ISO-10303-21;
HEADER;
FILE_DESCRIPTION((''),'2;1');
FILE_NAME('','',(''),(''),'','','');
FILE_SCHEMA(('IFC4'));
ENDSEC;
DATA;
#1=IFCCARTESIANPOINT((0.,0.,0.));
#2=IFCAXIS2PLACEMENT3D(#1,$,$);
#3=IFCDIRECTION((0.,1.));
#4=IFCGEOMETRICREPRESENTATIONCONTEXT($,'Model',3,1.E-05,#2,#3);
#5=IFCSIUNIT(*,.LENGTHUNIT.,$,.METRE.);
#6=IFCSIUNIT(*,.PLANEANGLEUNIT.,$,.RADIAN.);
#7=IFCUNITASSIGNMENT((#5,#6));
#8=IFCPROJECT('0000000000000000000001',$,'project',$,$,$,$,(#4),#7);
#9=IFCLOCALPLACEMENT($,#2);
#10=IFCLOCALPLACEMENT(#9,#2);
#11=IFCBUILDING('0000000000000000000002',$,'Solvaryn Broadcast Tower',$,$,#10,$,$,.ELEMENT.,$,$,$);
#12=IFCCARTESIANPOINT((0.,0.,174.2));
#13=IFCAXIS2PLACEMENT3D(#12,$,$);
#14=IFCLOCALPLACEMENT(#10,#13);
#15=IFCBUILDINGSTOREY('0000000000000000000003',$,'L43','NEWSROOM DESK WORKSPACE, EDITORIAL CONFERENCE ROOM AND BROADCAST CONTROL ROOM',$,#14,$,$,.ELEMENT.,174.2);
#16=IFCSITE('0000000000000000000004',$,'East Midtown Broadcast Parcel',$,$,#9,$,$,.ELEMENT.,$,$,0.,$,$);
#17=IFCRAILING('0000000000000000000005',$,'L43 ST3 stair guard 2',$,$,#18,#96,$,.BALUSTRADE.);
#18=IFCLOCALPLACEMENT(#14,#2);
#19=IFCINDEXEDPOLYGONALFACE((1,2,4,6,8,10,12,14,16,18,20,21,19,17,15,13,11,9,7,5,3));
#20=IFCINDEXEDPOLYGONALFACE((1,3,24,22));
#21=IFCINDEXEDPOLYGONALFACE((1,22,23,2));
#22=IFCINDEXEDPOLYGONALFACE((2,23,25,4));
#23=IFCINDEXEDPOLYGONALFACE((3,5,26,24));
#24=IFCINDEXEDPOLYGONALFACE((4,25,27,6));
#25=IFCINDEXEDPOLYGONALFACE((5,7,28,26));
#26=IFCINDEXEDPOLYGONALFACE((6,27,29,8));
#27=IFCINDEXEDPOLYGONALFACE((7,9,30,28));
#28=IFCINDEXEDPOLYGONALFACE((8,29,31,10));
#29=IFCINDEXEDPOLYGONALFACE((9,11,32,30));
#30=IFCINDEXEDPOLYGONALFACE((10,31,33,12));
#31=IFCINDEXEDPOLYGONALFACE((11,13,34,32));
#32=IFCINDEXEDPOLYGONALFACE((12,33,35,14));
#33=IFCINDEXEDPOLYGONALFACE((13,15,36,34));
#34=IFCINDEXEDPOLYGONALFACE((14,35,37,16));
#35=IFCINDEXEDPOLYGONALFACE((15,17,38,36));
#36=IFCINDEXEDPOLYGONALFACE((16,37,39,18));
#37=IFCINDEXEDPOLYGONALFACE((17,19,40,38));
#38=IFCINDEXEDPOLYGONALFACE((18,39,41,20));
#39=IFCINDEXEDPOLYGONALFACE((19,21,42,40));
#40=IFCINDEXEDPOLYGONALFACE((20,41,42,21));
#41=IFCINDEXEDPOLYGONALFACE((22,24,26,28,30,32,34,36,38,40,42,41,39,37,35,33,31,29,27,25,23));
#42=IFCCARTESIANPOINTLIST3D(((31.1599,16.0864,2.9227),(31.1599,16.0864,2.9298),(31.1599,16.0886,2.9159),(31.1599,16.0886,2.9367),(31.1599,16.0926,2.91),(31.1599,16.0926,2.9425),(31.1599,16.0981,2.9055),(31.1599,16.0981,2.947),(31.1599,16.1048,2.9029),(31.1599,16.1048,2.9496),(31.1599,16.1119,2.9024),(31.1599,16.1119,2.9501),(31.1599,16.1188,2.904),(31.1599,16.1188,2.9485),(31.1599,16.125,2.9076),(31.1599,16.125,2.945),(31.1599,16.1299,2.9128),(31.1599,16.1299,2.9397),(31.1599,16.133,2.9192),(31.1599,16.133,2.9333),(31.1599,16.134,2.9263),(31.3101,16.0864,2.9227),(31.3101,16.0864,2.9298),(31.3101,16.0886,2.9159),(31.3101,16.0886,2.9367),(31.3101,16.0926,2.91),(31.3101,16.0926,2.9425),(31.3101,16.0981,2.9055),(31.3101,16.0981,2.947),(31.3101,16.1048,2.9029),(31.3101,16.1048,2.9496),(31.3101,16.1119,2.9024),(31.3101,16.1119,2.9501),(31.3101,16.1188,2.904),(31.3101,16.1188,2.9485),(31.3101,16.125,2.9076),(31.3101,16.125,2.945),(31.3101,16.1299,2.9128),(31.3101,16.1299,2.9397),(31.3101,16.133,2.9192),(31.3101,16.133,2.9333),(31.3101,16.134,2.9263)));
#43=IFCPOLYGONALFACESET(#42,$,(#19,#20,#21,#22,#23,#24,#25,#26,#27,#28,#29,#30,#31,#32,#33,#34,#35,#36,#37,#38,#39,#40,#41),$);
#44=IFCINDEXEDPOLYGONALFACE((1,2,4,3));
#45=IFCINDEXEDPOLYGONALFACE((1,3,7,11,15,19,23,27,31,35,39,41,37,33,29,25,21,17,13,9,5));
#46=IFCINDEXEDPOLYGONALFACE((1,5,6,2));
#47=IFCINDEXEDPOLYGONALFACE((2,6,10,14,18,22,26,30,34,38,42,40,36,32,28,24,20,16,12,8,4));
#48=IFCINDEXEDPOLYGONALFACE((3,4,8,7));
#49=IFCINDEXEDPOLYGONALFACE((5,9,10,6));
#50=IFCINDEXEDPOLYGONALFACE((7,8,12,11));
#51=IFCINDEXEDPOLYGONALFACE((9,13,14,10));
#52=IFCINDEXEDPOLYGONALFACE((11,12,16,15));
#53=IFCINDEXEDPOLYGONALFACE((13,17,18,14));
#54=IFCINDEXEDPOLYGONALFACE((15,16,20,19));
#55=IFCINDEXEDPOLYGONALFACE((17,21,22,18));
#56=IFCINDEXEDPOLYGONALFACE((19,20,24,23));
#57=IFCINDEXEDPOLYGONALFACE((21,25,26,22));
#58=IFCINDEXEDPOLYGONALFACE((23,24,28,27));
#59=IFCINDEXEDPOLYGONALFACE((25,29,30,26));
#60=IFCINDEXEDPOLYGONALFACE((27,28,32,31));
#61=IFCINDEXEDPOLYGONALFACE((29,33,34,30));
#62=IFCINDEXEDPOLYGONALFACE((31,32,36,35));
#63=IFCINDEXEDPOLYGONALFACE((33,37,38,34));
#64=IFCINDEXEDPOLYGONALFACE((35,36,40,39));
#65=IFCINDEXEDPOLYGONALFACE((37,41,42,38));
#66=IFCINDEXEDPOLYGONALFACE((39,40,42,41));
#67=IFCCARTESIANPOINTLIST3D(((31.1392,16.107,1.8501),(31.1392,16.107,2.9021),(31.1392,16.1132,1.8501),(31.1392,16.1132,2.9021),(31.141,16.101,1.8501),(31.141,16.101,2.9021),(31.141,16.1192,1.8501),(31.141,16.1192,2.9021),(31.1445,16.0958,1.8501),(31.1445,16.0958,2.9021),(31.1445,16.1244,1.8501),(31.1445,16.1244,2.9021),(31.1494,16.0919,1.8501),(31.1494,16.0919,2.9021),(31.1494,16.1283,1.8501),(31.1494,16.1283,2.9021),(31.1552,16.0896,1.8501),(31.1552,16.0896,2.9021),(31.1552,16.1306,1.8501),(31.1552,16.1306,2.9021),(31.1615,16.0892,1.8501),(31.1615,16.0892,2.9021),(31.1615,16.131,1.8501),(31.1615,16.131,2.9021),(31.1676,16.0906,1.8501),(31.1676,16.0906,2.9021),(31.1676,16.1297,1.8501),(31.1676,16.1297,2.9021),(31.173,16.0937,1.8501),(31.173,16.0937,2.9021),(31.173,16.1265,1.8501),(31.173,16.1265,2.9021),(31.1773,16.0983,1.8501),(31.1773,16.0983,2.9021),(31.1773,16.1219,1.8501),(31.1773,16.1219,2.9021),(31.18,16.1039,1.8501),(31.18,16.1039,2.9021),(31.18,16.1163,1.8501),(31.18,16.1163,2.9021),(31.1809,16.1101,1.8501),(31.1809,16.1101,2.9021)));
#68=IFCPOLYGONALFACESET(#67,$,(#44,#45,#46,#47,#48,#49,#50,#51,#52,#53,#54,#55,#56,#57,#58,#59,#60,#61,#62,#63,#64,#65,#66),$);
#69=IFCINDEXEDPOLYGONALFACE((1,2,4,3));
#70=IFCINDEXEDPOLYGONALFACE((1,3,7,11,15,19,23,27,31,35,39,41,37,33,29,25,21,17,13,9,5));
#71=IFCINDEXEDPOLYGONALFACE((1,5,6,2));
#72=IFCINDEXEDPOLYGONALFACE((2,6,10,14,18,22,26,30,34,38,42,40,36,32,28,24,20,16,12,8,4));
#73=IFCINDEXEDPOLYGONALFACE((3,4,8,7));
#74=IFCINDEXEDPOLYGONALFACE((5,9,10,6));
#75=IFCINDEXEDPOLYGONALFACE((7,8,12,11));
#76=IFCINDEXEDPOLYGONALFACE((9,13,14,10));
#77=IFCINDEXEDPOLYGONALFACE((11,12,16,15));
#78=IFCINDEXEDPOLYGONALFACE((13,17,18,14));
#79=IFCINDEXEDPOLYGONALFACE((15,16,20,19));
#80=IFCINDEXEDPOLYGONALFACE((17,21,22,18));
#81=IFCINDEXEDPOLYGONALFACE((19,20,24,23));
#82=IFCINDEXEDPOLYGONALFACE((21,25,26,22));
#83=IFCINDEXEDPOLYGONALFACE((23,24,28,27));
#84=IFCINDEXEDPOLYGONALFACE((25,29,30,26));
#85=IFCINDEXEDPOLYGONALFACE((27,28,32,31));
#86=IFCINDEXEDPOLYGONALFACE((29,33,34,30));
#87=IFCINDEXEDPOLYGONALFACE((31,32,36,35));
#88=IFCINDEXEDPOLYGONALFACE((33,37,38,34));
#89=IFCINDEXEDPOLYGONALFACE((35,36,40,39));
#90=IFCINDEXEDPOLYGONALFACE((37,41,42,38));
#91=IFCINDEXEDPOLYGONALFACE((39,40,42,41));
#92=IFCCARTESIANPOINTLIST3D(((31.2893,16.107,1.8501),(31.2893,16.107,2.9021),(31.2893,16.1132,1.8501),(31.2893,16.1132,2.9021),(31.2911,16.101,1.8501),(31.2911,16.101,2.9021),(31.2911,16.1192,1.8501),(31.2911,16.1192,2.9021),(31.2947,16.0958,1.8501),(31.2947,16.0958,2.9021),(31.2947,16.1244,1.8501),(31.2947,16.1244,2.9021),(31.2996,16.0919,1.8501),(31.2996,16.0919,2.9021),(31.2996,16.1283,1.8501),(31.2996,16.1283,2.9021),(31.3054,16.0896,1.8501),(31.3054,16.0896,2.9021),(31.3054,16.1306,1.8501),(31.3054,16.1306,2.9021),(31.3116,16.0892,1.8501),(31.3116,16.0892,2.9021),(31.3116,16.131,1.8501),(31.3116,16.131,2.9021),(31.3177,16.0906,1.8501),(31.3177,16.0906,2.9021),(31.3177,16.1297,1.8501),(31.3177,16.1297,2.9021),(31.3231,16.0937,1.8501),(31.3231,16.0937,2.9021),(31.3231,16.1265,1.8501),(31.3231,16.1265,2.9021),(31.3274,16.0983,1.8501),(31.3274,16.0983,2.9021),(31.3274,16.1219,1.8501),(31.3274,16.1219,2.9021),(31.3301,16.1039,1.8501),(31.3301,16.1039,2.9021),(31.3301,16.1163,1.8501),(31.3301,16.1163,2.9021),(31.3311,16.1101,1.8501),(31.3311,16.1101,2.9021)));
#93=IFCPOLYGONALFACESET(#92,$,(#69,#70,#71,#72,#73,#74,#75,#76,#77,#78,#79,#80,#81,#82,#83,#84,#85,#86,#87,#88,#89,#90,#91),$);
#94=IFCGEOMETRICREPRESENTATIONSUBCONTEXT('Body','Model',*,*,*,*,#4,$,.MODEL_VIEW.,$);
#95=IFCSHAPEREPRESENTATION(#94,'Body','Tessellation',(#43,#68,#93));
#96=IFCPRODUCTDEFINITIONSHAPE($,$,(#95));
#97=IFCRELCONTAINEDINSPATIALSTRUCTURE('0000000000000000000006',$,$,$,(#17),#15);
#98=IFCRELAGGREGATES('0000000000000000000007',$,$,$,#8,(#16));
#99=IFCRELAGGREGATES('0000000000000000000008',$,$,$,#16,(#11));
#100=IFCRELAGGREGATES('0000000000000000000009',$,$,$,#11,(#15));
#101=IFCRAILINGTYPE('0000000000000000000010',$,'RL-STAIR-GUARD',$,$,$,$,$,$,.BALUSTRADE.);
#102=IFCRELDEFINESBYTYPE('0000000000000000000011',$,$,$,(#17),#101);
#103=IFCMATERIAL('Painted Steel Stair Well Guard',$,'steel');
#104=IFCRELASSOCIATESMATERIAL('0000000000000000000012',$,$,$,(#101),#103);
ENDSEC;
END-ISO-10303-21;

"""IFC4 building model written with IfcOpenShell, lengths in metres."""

from ifc_helpers import new_model, si_unit, direction, frame, origin, origin_2d, place, context, subcontext, project, spatial, circle, extrude, material, type_object, element, save


model = new_model("IFC4")

# Units and contexts
model_context = context("Model", 3, precision=1e-05, world=origin(), true_north=direction((0.0, 1.0)))
body_context = subcontext(model_context, "Body", "Model", "MODEL_VIEW")
ifc_project = project(units=[si_unit("LENGTHUNIT", "METRE"), si_unit("PLANEANGLEUNIT", "RADIAN")], contexts=[model_context])

# Site, building, storey
site_placement = place(None, origin())
site = spatial("IfcSite", under=ifc_project, at=site_placement, Name="East Midtown Broadcast Parcel", CompositionType="ELEMENT", RefElevation=0.0)
building_placement = place(site_placement, origin())
building = spatial("IfcBuilding", under=site, at=building_placement, Name="Solvaryn Broadcast Tower", CompositionType="ELEMENT")
storey_placement = place(building_placement, frame((0.0, 0.0, 174.2)))
storey = spatial("IfcBuildingStorey", under=building, at=storey_placement, Name="L43", Description="NEWSROOM DESK WORKSPACE, EDITORIAL CONFERENCE ROOM AND BROADCAST CONTROL ROOM", CompositionType="ELEMENT", Elevation=174.2)

# Railing
ifc_material_1 = material(Name="Painted Steel Stair Well Guard", Category="steel")
railing_type_1 = type_object("IfcRailingType", Name="RL-STAIR-GUARD", PredefinedType="BALUSTRADE", material=ifc_material_1)
railing_1_placement = place(storey_placement, frame((31.1599, 16.1101, 1.8501)))
element("IfcRailing", 1, at=railing_1_placement, inside=storey, type_object=railing_type_1, Name="L43 ST3 stair guard 2", PredefinedType="BALUSTRADE", context=body_context, shape_type="SweptSolid", body=[
    extrude(circle(Radius=0.0239, at=origin_2d()), frame((0.0, 0.0, 1.0762), z_axis=(1.0, 0.0, 0.0), x_axis=(0.0, 1.0, 0.0)), (0.0, 0.0, 1.0), 0.1501),
    extrude(circle(Radius=0.021, at=origin_2d()), origin(), (0.0, 0.0, 1.0), 1.052),
    extrude(circle(Radius=0.021, at=origin_2d()), frame((0.1501, 0.0, 0.0)), (0.0, 0.0, 1.0), 1.052),
])

save(model, "model.ifc")
